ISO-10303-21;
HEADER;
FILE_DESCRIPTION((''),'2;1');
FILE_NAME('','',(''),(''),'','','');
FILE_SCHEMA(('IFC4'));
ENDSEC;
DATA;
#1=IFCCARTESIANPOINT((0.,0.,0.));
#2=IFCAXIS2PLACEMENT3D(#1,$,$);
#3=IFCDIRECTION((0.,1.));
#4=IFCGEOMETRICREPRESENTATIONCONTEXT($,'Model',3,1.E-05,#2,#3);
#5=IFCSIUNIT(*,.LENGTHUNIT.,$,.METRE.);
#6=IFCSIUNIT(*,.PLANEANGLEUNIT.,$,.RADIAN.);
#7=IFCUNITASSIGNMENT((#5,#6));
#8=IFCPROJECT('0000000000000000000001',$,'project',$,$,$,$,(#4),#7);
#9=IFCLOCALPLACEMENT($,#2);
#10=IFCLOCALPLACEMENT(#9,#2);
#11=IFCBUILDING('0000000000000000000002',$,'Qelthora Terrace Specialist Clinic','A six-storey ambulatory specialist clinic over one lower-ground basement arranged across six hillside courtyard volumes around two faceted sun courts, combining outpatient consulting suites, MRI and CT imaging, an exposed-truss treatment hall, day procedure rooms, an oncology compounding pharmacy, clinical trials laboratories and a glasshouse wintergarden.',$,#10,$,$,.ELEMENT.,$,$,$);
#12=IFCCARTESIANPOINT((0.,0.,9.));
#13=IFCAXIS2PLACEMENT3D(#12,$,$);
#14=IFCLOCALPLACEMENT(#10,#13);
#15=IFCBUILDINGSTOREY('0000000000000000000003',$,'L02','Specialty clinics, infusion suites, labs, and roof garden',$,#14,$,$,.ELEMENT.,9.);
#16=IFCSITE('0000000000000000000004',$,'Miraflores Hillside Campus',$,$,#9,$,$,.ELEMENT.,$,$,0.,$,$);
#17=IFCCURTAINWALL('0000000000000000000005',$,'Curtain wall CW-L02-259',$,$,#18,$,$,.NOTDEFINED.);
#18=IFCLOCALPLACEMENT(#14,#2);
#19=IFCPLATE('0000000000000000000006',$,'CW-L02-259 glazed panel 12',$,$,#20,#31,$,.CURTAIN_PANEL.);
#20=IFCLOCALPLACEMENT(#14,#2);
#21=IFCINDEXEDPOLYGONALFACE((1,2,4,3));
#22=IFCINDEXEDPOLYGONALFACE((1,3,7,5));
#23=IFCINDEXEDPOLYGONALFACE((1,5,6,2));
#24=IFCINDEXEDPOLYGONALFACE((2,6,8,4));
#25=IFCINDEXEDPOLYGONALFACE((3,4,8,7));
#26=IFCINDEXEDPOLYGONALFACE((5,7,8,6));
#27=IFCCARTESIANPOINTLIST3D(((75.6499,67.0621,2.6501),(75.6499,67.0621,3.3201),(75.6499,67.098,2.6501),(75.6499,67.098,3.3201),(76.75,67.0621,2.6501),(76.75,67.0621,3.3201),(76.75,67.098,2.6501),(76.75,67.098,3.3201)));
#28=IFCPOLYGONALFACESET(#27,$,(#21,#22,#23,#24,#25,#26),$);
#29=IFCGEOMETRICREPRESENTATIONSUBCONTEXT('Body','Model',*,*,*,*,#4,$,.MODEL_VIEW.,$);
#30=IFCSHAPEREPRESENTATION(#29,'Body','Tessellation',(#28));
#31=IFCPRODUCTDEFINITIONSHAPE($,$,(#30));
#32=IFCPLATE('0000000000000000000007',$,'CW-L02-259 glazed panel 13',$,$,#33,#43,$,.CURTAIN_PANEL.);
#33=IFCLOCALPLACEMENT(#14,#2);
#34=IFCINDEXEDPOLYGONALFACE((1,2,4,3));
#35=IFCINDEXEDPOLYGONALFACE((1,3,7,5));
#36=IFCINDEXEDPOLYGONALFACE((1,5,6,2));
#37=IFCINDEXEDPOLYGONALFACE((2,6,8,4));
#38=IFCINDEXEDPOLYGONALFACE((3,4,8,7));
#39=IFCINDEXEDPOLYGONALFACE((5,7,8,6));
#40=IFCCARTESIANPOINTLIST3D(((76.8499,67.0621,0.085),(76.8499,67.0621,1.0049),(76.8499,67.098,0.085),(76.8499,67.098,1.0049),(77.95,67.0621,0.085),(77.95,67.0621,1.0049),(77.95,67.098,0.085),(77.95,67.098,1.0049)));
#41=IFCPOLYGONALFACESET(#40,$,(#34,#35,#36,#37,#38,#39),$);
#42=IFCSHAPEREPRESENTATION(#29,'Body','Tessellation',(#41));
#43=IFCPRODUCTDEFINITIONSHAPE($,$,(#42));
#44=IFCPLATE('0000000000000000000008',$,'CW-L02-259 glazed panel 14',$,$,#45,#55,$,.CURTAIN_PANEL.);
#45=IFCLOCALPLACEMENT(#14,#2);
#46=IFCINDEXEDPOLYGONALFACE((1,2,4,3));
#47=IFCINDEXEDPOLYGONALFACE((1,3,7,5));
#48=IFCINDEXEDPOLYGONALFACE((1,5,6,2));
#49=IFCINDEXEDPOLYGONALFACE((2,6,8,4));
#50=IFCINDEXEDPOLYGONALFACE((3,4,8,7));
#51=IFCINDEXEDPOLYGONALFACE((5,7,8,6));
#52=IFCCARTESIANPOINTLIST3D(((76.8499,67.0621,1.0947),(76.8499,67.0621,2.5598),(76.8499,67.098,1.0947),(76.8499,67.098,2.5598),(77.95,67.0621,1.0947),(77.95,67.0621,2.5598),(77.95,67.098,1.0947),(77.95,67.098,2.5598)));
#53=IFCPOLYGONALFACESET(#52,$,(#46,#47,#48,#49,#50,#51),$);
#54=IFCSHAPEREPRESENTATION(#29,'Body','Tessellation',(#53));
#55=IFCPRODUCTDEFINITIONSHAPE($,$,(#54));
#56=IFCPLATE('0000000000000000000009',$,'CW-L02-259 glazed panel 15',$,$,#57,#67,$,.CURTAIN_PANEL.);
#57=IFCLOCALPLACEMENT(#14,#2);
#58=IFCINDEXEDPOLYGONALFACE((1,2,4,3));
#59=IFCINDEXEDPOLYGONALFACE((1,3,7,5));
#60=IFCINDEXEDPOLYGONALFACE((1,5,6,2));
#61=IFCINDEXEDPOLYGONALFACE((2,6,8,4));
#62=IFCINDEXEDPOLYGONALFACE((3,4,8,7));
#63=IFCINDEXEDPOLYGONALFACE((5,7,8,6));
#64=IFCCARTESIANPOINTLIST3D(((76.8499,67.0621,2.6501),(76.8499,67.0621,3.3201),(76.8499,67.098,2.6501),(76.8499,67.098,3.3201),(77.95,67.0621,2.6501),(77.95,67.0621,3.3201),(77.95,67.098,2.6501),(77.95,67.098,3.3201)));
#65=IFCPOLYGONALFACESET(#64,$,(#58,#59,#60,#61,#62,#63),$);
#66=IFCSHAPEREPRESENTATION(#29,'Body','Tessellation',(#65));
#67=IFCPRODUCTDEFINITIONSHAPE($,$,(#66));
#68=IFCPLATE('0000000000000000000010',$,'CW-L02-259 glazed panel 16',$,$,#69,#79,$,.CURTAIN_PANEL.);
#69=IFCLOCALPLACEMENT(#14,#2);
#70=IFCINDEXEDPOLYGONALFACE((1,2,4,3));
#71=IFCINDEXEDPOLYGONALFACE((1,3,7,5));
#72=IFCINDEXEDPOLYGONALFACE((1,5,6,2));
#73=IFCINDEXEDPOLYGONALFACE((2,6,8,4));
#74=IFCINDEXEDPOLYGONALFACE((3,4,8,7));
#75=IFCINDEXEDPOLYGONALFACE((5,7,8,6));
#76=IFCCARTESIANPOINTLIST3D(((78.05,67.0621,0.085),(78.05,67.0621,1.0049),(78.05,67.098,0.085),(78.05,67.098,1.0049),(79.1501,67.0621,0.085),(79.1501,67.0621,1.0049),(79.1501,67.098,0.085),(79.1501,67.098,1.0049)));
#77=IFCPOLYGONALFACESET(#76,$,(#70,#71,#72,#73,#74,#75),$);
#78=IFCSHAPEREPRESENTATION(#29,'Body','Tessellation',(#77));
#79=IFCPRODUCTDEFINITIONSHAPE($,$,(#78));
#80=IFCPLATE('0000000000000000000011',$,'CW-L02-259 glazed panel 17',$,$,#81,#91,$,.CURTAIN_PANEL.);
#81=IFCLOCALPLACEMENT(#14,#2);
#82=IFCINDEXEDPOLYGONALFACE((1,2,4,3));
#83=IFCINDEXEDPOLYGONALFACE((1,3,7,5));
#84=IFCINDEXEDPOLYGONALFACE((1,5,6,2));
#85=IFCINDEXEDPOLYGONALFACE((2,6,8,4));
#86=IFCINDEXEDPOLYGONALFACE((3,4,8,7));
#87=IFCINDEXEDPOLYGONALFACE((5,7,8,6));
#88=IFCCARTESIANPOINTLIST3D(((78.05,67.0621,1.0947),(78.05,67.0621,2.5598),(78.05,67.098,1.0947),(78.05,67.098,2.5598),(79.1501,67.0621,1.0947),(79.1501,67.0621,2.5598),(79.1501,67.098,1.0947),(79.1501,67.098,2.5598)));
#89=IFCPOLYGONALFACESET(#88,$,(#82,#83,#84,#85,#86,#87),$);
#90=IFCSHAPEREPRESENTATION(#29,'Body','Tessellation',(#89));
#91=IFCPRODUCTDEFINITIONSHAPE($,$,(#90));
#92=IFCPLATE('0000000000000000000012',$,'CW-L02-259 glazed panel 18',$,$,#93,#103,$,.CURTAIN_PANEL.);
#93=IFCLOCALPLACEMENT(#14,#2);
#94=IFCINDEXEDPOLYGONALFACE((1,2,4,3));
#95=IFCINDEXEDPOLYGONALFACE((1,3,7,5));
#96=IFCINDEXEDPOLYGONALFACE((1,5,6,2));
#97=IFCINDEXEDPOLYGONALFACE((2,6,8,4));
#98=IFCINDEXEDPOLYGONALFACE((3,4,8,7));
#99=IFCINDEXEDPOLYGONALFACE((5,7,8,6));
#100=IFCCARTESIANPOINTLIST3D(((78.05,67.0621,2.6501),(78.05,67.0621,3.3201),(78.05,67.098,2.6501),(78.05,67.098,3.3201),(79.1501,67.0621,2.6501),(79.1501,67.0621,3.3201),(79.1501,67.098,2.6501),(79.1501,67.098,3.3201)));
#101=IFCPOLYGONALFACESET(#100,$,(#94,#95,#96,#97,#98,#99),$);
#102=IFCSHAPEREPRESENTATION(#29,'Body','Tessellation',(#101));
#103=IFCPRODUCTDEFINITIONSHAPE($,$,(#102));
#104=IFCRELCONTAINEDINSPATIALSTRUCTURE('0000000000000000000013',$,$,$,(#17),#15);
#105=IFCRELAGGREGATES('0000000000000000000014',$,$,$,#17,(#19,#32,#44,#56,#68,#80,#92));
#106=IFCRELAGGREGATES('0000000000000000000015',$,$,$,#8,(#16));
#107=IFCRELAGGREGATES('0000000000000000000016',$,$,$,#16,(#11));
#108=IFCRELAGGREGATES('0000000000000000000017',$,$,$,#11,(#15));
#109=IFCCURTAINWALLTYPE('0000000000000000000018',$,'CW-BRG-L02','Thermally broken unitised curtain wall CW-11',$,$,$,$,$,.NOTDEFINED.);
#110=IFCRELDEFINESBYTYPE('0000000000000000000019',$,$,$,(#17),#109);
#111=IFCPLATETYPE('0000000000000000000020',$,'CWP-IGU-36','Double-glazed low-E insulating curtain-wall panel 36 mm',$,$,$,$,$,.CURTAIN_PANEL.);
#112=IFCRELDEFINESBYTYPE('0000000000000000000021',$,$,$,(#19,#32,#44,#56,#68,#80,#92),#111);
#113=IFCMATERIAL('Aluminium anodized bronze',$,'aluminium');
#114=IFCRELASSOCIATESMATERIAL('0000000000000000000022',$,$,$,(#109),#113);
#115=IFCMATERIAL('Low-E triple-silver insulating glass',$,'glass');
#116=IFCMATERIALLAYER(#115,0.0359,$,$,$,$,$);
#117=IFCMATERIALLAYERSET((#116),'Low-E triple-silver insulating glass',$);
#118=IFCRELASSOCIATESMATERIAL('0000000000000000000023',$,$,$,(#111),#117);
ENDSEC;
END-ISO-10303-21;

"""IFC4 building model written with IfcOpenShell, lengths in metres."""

from ifc_helpers import new_model, si_unit, direction, frame, origin, origin_2d, place, context, subcontext, project, spatial, rectangle, extrude, material, layer, layer_set, type_object, element, aggregate, save


model = new_model("IFC4")

# Units and contexts
model_context = context("Model", 3, precision=1e-05, world=origin(), true_north=direction((0.0, 1.0)))
body_context = subcontext(model_context, "Body", "Model", "MODEL_VIEW")
ifc_project = project(units=[si_unit("LENGTHUNIT", "METRE"), si_unit("PLANEANGLEUNIT", "RADIAN")], contexts=[model_context])

# Site, building, storey
site_placement = place(None, origin())
site = spatial("IfcSite", under=ifc_project, at=site_placement, Name="Miraflores Hillside Campus", CompositionType="ELEMENT", RefElevation=0.0)
building_placement = place(site_placement, origin())
building = spatial("IfcBuilding", under=site, at=building_placement, Name="Qelthora Terrace Specialist Clinic", Description="A six-storey ambulatory specialist clinic over one lower-ground basement arranged across six hillside courtyard volumes around two faceted sun courts, combining outpatient consulting suites, MRI and CT imaging, an exposed-truss treatment hall, day procedure rooms, an oncology compounding pharmacy, clinical trials laboratories and a glasshouse wintergarden.", CompositionType="ELEMENT")
storey_placement = place(building_placement, frame((0.0, 0.0, 9.0)))
storey = spatial("IfcBuildingStorey", under=building, at=storey_placement, Name="L02", Description="Specialty clinics, infusion suites, labs, and roof garden", CompositionType="ELEMENT", Elevation=9.0)

# Curtain wall, plates
ifc_material_1 = material(Name="Aluminium anodized bronze", Category="aluminium")
curtain_wall_type = type_object("IfcCurtainWallType", Name="CW-BRG-L02", Description="Thermally broken unitised curtain wall CW-11", PredefinedType="NOTDEFINED", material=ifc_material_1)
curtain_wall_placement = place(storey_placement, origin())
curtain_wall = element("IfcCurtainWall", 1, at=curtain_wall_placement, inside=storey, type_object=curtain_wall_type, Name="Curtain wall CW-L02-259", PredefinedType="NOTDEFINED")
ifc_material_2 = material(Name="Low-E triple-silver insulating glass", Category="glass")
ifc_layer = layer(ifc_material_2, 0.0359)
ifc_layer_set = layer_set([ifc_layer], Name="Low-E triple-silver insulating glass")
plate_type = type_object("IfcPlateType", Name="CWP-IGU-36", Description="Double-glazed low-E insulating curtain-wall panel 36 mm", PredefinedType="CURTAIN_PANEL", material=ifc_layer_set)
plate_1_placement = place(storey_placement, frame((76.2, 67.0801, 2.6501), z_axis=(0.0, 0.0, 1.0), x_axis=(1.0, 0.0, 0.0)))
plate_1 = element("IfcPlate", 2, at=plate_1_placement, type_object=plate_type, Name="CW-L02-259 glazed panel 12", PredefinedType="CURTAIN_PANEL", context=body_context, shape_type="SweptSolid", body=[
    extrude(rectangle(XDim=1.1001, YDim=0.0359, at=origin_2d()), origin(), (0.0, 0.0, 1.0), 0.6699),
])
plate_2_placement = place(storey_placement, frame((77.3999, 67.0801, 0.085), z_axis=(0.0, 0.0, 1.0), x_axis=(1.0, 0.0, 0.0)))
plate_2 = element("IfcPlate", 3, at=plate_2_placement, type_object=plate_type, Name="CW-L02-259 glazed panel 13", PredefinedType="CURTAIN_PANEL", context=body_context, shape_type="SweptSolid", body=[
    extrude(rectangle(XDim=1.1001, YDim=0.0359, at=origin_2d()), origin(), (0.0, 0.0, 1.0), 0.9199),
])
plate_3_placement = place(storey_placement, frame((77.3999, 67.0801, 1.0947), z_axis=(0.0, 0.0, 1.0), x_axis=(1.0, 0.0, 0.0)))
plate_3 = element("IfcPlate", 4, at=plate_3_placement, type_object=plate_type, Name="CW-L02-259 glazed panel 14", PredefinedType="CURTAIN_PANEL", context=body_context, shape_type="SweptSolid", body=[
    extrude(rectangle(XDim=1.1001, YDim=0.0359, at=origin_2d()), origin(), (0.0, 0.0, 1.0), 1.4651),
])
plate_4_placement = place(storey_placement, frame((77.3999, 67.0801, 2.6501), z_axis=(0.0, 0.0, 1.0), x_axis=(1.0, 0.0, 0.0)))
plate_4 = element("IfcPlate", 5, at=plate_4_placement, type_object=plate_type, Name="CW-L02-259 glazed panel 15", PredefinedType="CURTAIN_PANEL", context=body_context, shape_type="SweptSolid", body=[
    extrude(rectangle(XDim=1.1001, YDim=0.0359, at=origin_2d()), origin(), (0.0, 0.0, 1.0), 0.6699),
])
plate_5_placement = place(storey_placement, frame((78.6001, 67.0801, 0.085), z_axis=(0.0, 0.0, 1.0), x_axis=(1.0, 0.0, 0.0)))
plate_5 = element("IfcPlate", 6, at=plate_5_placement, type_object=plate_type, Name="CW-L02-259 glazed panel 16", PredefinedType="CURTAIN_PANEL", context=body_context, shape_type="SweptSolid", body=[
    extrude(rectangle(XDim=1.1001, YDim=0.0359, at=origin_2d()), origin(), (0.0, 0.0, 1.0), 0.9199),
])
plate_6_placement = place(storey_placement, frame((78.6001, 67.0801, 1.0947), z_axis=(0.0, 0.0, 1.0), x_axis=(1.0, 0.0, 0.0)))
plate_6 = element("IfcPlate", 7, at=plate_6_placement, type_object=plate_type, Name="CW-L02-259 glazed panel 17", PredefinedType="CURTAIN_PANEL", context=body_context, shape_type="SweptSolid", body=[
    extrude(rectangle(XDim=1.1001, YDim=0.0359, at=origin_2d()), origin(), (0.0, 0.0, 1.0), 1.4651),
])
plate_7_placement = place(storey_placement, frame((78.6001, 67.0801, 2.6501), z_axis=(0.0, 0.0, 1.0), x_axis=(1.0, 0.0, 0.0)))
plate_7 = element("IfcPlate", 8, at=plate_7_placement, type_object=plate_type, Name="CW-L02-259 glazed panel 18", PredefinedType="CURTAIN_PANEL", context=body_context, shape_type="SweptSolid", body=[
    extrude(rectangle(XDim=1.1001, YDim=0.0359, at=origin_2d()), origin(), (0.0, 0.0, 1.0), 0.6699),
])
aggregate(curtain_wall, [plate_1, plate_2, plate_3, plate_4, plate_5, plate_6, plate_7])

save(model, "model.ifc")
